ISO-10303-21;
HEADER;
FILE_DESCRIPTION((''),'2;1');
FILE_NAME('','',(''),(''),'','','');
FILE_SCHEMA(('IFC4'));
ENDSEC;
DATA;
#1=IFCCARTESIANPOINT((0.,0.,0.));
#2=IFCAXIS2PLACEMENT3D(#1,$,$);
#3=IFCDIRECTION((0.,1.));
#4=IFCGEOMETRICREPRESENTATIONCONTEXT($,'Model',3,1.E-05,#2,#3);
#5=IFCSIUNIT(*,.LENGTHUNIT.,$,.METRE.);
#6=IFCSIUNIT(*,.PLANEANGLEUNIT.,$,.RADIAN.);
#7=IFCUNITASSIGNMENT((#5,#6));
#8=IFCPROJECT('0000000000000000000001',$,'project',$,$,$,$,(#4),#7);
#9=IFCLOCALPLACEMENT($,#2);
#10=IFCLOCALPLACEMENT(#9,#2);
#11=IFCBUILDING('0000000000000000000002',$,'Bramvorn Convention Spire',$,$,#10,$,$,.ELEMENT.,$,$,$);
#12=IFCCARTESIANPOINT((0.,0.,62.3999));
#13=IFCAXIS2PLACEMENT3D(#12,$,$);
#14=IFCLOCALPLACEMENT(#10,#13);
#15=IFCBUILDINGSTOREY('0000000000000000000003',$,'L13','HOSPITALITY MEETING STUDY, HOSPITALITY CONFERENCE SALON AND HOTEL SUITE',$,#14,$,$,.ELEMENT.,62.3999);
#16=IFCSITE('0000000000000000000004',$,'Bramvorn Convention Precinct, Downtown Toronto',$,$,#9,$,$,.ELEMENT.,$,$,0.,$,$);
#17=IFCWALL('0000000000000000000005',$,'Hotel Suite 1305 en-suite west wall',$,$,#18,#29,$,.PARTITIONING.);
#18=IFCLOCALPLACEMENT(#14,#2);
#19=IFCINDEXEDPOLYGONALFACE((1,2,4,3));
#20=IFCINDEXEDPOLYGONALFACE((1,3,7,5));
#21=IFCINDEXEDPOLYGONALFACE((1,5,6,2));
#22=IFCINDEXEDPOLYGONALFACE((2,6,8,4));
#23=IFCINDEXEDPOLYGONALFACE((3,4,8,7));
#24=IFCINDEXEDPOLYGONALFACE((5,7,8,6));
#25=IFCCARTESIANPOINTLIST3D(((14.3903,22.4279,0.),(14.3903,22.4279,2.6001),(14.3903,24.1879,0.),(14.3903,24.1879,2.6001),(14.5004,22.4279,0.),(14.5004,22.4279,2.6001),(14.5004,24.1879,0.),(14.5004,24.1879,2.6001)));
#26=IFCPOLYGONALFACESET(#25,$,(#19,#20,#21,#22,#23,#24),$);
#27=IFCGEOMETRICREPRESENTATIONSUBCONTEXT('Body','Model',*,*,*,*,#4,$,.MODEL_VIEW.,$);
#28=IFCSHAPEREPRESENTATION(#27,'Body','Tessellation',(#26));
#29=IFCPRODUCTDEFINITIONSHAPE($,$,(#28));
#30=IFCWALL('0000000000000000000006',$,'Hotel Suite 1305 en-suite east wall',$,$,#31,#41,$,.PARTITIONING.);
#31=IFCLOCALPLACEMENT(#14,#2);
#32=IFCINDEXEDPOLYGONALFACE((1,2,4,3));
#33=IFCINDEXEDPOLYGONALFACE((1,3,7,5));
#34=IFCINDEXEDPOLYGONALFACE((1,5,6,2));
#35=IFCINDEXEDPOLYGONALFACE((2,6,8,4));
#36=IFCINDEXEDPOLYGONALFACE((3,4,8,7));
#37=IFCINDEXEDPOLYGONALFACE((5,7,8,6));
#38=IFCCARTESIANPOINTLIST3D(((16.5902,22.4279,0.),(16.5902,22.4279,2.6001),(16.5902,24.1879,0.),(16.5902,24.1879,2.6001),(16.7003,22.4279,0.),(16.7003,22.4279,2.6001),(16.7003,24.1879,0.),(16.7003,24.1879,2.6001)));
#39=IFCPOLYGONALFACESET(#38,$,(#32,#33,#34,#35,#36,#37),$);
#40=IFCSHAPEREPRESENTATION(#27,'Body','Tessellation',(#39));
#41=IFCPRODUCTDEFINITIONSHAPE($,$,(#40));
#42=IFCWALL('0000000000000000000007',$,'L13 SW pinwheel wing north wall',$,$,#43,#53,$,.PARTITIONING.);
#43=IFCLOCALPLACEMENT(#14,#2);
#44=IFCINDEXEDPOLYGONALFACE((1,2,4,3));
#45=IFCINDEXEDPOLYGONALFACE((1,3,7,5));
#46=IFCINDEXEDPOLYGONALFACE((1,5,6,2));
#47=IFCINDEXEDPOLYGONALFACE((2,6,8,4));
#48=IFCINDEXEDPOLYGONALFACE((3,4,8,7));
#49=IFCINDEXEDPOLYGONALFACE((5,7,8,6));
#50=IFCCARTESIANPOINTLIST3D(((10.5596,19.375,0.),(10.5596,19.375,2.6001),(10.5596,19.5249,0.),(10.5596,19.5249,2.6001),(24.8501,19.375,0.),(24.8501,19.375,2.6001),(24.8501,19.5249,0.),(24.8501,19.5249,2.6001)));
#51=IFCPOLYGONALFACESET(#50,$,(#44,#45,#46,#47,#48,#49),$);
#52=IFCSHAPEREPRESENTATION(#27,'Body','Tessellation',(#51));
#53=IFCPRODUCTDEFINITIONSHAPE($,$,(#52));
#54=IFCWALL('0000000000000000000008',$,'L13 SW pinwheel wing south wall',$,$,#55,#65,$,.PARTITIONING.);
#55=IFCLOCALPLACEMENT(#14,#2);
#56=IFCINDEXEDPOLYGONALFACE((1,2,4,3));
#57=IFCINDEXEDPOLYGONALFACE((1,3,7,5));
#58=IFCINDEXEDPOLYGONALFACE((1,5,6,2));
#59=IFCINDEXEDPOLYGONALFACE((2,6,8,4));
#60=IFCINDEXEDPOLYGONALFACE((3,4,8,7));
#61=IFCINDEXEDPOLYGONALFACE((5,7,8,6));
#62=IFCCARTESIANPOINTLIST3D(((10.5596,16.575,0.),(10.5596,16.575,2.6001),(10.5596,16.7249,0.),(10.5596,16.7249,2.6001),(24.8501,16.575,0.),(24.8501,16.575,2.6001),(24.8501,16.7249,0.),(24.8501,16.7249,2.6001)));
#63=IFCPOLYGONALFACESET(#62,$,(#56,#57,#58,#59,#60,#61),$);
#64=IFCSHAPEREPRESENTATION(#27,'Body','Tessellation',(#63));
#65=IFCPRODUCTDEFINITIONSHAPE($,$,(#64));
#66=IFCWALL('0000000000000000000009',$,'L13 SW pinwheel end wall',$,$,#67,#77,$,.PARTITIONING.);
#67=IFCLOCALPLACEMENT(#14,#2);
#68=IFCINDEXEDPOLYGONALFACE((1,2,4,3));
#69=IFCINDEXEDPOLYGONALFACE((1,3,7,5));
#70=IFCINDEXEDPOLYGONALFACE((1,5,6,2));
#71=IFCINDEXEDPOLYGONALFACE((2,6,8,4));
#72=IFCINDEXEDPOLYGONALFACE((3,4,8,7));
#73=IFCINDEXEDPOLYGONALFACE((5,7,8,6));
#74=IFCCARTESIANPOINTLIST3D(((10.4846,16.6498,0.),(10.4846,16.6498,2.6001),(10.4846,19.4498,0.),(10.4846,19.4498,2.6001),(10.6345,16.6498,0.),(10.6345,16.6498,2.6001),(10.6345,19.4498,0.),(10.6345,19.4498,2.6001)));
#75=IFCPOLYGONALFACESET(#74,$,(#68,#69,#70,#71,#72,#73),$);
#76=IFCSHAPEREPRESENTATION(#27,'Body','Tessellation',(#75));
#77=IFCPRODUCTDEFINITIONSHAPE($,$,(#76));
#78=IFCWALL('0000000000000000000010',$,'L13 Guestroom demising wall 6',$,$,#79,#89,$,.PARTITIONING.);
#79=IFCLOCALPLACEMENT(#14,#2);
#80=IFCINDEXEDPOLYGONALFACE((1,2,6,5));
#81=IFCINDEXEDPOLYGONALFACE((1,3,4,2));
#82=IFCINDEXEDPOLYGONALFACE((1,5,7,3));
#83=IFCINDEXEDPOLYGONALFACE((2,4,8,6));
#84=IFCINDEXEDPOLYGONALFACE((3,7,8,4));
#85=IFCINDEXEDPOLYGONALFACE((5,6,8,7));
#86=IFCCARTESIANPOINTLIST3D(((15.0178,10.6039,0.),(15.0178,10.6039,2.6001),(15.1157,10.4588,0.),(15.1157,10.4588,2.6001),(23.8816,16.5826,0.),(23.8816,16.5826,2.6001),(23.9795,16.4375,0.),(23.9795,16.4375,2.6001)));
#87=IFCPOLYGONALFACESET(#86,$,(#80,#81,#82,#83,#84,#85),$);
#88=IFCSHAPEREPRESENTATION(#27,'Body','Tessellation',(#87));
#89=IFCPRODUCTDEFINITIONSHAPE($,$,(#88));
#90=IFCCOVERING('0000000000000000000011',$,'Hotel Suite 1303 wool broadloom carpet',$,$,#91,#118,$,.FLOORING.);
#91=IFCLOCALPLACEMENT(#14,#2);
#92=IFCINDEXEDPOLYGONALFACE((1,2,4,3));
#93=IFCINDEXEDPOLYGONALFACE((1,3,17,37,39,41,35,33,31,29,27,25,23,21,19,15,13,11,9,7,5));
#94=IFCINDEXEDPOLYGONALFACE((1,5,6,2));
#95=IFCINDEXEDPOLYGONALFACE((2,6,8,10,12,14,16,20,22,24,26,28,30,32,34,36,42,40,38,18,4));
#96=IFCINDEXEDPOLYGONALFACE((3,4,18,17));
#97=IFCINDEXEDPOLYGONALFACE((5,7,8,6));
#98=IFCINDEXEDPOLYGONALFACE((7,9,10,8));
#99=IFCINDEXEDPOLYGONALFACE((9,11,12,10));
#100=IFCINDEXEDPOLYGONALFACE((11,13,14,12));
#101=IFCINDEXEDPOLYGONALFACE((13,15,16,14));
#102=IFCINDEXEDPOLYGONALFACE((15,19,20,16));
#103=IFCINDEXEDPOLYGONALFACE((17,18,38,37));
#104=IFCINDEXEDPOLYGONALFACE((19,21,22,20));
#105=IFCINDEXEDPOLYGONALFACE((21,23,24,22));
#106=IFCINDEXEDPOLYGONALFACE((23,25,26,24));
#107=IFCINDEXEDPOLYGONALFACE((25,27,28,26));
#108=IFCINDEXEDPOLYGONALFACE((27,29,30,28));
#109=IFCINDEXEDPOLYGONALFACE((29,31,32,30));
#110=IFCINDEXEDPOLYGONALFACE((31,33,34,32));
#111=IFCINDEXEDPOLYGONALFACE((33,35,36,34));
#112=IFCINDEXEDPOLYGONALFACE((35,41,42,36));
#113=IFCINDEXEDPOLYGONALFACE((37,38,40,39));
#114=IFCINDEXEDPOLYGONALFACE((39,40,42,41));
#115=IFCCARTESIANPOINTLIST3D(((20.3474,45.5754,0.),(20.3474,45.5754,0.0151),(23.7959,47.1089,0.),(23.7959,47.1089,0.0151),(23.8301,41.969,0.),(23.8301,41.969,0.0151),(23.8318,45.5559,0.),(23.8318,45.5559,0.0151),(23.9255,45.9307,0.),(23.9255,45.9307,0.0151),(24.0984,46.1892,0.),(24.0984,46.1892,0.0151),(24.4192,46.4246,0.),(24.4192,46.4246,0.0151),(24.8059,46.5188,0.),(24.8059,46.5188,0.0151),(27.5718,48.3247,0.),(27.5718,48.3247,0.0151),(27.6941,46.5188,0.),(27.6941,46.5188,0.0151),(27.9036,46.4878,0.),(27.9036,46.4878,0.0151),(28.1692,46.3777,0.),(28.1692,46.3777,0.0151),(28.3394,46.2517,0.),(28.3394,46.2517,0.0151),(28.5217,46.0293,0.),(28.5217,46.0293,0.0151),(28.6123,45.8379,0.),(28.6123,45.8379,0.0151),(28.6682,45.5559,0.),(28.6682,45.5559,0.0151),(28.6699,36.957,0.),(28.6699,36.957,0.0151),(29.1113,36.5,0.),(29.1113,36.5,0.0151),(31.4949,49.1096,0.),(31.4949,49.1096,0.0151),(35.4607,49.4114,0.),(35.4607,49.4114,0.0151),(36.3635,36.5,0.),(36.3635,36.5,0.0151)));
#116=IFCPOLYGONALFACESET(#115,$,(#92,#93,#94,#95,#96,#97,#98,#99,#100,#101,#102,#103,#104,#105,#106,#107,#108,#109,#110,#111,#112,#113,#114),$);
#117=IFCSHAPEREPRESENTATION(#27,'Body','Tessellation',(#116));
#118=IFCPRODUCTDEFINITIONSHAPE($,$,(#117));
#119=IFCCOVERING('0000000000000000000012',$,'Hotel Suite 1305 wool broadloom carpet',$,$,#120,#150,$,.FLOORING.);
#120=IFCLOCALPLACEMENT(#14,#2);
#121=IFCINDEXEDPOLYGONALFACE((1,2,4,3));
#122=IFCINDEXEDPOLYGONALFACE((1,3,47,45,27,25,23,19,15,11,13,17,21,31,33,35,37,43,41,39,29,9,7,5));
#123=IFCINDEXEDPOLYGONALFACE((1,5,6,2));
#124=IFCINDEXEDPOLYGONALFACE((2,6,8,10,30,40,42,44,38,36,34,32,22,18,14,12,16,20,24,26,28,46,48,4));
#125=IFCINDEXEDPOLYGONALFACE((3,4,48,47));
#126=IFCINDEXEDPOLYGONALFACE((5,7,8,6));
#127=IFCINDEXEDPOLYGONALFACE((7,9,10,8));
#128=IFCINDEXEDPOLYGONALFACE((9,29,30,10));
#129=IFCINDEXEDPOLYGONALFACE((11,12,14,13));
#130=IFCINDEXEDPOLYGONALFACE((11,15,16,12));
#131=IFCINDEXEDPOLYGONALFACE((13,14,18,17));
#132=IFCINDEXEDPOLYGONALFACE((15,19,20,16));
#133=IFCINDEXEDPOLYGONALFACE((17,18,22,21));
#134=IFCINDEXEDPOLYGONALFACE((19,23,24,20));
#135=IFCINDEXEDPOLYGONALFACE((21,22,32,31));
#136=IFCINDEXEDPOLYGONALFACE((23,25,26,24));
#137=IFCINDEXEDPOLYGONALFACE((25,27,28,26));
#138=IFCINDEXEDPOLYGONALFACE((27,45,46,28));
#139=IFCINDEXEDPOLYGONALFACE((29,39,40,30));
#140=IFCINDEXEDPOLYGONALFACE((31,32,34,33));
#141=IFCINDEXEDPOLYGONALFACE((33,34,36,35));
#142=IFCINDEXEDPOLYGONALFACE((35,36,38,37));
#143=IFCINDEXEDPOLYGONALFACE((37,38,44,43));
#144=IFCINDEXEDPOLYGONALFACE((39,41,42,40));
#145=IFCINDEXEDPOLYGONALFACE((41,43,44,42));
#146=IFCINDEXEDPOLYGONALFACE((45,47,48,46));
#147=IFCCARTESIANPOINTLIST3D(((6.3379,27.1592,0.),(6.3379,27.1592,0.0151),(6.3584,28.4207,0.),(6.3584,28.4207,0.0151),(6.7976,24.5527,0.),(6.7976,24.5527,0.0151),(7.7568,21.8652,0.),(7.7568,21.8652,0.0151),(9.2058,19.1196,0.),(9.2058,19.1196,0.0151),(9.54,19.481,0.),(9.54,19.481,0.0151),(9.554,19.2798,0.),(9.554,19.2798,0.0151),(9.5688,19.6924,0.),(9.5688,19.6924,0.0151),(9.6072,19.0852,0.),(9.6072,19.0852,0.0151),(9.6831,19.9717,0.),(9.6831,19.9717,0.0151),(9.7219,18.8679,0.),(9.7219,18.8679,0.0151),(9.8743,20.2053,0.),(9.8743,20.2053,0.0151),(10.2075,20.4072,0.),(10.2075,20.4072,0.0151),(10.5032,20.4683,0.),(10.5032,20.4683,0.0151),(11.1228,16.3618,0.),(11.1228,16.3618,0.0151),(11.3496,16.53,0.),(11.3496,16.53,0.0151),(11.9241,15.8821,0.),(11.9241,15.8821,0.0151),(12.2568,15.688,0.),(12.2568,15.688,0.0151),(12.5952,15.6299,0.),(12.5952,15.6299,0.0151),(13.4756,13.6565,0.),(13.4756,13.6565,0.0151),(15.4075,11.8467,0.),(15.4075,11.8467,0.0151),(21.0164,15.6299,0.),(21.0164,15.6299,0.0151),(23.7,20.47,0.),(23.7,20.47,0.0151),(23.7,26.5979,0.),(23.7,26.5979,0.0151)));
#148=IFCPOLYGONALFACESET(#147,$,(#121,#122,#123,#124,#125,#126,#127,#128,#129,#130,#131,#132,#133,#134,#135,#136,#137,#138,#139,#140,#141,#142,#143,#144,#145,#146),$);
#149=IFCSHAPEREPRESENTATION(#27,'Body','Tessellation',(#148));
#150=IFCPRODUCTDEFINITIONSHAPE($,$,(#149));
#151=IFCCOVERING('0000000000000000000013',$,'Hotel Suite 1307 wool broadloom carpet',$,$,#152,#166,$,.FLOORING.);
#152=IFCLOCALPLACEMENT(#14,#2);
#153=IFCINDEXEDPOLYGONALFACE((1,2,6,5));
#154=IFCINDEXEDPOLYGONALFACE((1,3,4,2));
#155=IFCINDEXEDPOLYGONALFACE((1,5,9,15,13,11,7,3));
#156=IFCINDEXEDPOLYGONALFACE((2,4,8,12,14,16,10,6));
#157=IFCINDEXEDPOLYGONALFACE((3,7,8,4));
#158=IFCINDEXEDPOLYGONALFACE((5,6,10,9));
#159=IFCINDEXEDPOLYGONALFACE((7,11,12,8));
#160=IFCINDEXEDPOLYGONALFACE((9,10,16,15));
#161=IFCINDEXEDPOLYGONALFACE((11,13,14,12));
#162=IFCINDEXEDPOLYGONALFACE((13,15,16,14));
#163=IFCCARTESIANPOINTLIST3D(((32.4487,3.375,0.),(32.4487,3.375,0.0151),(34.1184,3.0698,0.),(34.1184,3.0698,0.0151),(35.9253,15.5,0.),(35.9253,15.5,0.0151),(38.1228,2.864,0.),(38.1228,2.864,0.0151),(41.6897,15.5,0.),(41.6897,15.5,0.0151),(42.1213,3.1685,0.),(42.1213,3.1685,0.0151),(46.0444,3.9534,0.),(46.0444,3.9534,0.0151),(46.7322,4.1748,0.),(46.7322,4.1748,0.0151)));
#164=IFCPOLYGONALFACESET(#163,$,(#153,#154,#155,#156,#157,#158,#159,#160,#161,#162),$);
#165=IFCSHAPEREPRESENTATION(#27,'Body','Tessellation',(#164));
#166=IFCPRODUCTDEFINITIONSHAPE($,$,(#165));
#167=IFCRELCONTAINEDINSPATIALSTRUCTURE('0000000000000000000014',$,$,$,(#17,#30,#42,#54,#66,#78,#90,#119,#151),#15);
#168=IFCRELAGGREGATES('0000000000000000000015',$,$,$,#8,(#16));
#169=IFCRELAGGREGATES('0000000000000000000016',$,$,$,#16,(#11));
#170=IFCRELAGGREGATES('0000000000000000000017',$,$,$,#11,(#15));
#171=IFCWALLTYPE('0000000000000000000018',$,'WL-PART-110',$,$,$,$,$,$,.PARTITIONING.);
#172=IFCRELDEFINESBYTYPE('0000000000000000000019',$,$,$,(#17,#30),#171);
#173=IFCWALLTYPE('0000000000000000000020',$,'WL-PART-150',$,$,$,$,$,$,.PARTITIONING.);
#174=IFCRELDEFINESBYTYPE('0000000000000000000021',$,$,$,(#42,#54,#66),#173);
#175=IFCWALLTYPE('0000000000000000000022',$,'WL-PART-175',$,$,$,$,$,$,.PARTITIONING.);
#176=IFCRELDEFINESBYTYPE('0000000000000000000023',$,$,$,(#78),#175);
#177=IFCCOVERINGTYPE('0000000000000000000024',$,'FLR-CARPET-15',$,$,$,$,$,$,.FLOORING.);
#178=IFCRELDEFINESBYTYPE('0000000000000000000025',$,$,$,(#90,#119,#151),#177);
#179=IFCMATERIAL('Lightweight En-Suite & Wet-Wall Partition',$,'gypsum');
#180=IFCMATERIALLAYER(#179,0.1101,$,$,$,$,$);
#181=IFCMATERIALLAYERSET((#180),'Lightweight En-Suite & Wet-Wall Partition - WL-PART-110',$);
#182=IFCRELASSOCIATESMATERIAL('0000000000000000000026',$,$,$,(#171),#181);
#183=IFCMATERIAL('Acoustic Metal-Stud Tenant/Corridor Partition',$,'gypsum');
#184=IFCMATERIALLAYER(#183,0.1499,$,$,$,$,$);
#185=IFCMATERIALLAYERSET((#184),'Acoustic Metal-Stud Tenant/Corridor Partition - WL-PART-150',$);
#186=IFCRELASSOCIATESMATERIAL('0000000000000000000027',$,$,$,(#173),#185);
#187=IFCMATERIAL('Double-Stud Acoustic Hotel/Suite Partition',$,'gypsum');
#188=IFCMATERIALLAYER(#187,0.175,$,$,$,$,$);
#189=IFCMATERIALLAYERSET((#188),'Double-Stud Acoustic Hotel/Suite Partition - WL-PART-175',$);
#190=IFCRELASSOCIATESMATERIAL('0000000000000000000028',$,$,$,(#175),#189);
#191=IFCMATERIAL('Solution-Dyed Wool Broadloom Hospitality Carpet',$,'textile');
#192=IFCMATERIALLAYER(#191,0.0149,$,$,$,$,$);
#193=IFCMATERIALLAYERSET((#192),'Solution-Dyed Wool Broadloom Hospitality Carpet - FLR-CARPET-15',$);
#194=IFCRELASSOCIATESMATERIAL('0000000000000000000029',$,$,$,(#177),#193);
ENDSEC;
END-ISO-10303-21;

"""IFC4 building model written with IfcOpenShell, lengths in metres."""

from ifc_helpers import new_model, si_unit, direction, frame, frame_2d, origin, place, context, subcontext, project, spatial, polyline, rectangle, outline, extrude, material, layer, layer_set, type_object, element, save


model = new_model("IFC4")

# Units and contexts
model_context = context("Model", 3, precision=1e-05, world=origin(), true_north=direction((0.0, 1.0)))
body_context = subcontext(model_context, "Body", "Model", "MODEL_VIEW")
ifc_project = project(units=[si_unit("LENGTHUNIT", "METRE"), si_unit("PLANEANGLEUNIT", "RADIAN")], contexts=[model_context])

# Site, building, storey
site_placement = place(None, origin())
site = spatial("IfcSite", under=ifc_project, at=site_placement, Name="Bramvorn Convention Precinct, Downtown Toronto", CompositionType="ELEMENT", RefElevation=0.0)
building_placement = place(site_placement, origin())
building = spatial("IfcBuilding", under=site, at=building_placement, Name="Bramvorn Convention Spire", CompositionType="ELEMENT")
storey_placement = place(building_placement, frame((0.0, 0.0, 62.3999)))
storey = spatial("IfcBuildingStorey", under=building, at=storey_placement, Name="L13", Description="HOSPITALITY MEETING STUDY, HOSPITALITY CONFERENCE SALON AND HOTEL SUITE", CompositionType="ELEMENT", Elevation=62.3999)

# Shared definitions
ifc_material_1 = material(Name="Lightweight En-Suite & Wet-Wall Partition", Category="gypsum")
ifc_layer_1 = layer(ifc_material_1, 0.1101)
ifc_layer_set_1 = layer_set([ifc_layer_1], Name="Lightweight En-Suite & Wet-Wall Partition - WL-PART-110")
wall_type_1 = type_object("IfcWallType", Name="WL-PART-110", PredefinedType="PARTITIONING", material=ifc_layer_set_1)

# Walls
for number, where, z_axis, x_axis, name in (
    (1, (14.4453, 22.428, 0.0), (0.0, 0.0, 1.0), (0.0, 1.0, 0.0), "Hotel Suite 1305 en-suite west wall"),
    (2, (16.6453, 22.428, 0.0), (0.0, 0.0, 1.0), (0.0, 1.0, 0.0), "Hotel Suite 1305 en-suite east wall"),
):
    element("IfcWall", number, at=place(storey_placement, frame(where, z_axis=z_axis, x_axis=x_axis)), inside=storey, type_object=wall_type_1, Name=name, PredefinedType="PARTITIONING", context=body_context, shape_type="SweptSolid", body=[
        extrude(rectangle(XDim=1.76, YDim=0.1101, at=frame_2d((0.8799, 0.0))), origin(), (0.0, 0.0, 1.0), 2.6001),
    ])
ifc_material_2 = material(Name="Acoustic Metal-Stud Tenant/Corridor Partition", Category="gypsum")
ifc_layer_2 = layer(ifc_material_2, 0.1499)
ifc_layer_set_2 = layer_set([ifc_layer_2], Name="Acoustic Metal-Stud Tenant/Corridor Partition - WL-PART-150")
wall_type_2 = type_object("IfcWallType", Name="WL-PART-150", PredefinedType="PARTITIONING", material=ifc_layer_set_2)
for number, where, z_axis, x_axis, name in (
    (3, (10.5596, 19.45, 0.0), (0.0, 0.0, 1.0), (1.0, 0.0, 0.0), "L13 SW pinwheel wing north wall"),
    (4, (10.5596, 16.6499, 0.0), (0.0, 0.0, 1.0), (1.0, 0.0, 0.0), "L13 SW pinwheel wing south wall"),
):
    element("IfcWall", number, at=place(storey_placement, frame(where, z_axis=z_axis, x_axis=x_axis)), inside=storey, type_object=wall_type_2, Name=name, PredefinedType="PARTITIONING", context=body_context, shape_type="SweptSolid", body=[
        extrude(rectangle(XDim=14.2905, YDim=0.1499, at=frame_2d((7.1453, 0.0))), origin(), (0.0, 0.0, 1.0), 2.6001),
    ])
wall_1_placement = place(storey_placement, frame((10.5596, 16.6499, 0.0), z_axis=(0.0, 0.0, 1.0), x_axis=(0.0, 1.0, 0.0)))
element("IfcWall", 5, at=wall_1_placement, inside=storey, type_object=wall_type_2, Name="L13 SW pinwheel end wall", PredefinedType="PARTITIONING", context=body_context, shape_type="SweptSolid", body=[
    extrude(rectangle(XDim=2.8, YDim=0.1499, at=frame_2d((1.3999, 0.0))), origin(), (0.0, 0.0, 1.0), 2.6001),
])
ifc_material_3 = material(Name="Double-Stud Acoustic Hotel/Suite Partition", Category="gypsum")
ifc_layer_3 = layer(ifc_material_3, 0.175)
ifc_layer_set_3 = layer_set([ifc_layer_3], Name="Double-Stud Acoustic Hotel/Suite Partition - WL-PART-175")
wall_type_3 = type_object("IfcWallType", Name="WL-PART-175", PredefinedType="PARTITIONING", material=ifc_layer_set_3)
wall_2_placement = place(storey_placement, frame((23.9304, 16.51, 0.0), z_axis=(0.0, 0.0, 1.0), x_axis=(-0.829034, -0.559198, 0.0)))
element("IfcWall", 6, at=wall_2_placement, inside=storey, type_object=wall_type_3, Name="L13 Guestroom demising wall 6", PredefinedType="PARTITIONING", context=body_context, shape_type="SweptSolid", body=[
    extrude(rectangle(XDim=10.6917, YDim=0.175, at=frame_2d((5.3457, 0.0))), origin(), (0.0, 0.0, 1.0), 2.6001),
])

# Coverings
ifc_material_4 = material(Name="Solution-Dyed Wool Broadloom Hospitality Carpet", Category="textile")
ifc_layer_4 = layer(ifc_material_4, 0.0149)
ifc_layer_set_4 = layer_set([ifc_layer_4], Name="Solution-Dyed Wool Broadloom Hospitality Carpet - FLR-CARPET-15")
covering_type = type_object("IfcCoveringType", Name="FLR-CARPET-15", PredefinedType="FLOORING", material=ifc_layer_set_4)
covering_1_placement = place(storey_placement, origin())
element("IfcCovering", 7, at=covering_1_placement, inside=storey, type_object=covering_type, Name="Hotel Suite 1303 wool broadloom carpet", PredefinedType="FLOORING", context=body_context, shape_type="SweptSolid", body=[
    extrude(outline(polyline([(23.8301, 41.969), (23.8318, 45.5559), (23.9255, 45.9307), (24.0984, 46.1892), (24.4192, 46.4246), (24.8059, 46.5188), (27.6941, 46.5188), (27.9036, 46.4878), (28.1692, 46.3777), (28.3394, 46.2517), (28.5217, 46.0293), (28.6123, 45.8379), (28.6682, 45.5559), (28.6699, 36.957), (29.1113, 36.5), (36.3635, 36.5), (35.4607, 49.4114), (31.4949, 49.1096), (27.5718, 48.3247), (23.7959, 47.1089), (20.3474, 45.5754), (23.8301, 41.969)])), origin(), (0.0, 0.0, 1.0), 0.0151),
])
covering_2_placement = place(storey_placement, origin())
element("IfcCovering", 8, at=covering_2_placement, inside=storey, type_object=covering_type, Name="Hotel Suite 1305 wool broadloom carpet", PredefinedType="FLOORING", context=body_context, shape_type="SweptSolid", body=[
    extrude(outline(polyline([(13.4756, 13.6565), (15.4075, 11.8467), (21.0164, 15.6299), (12.5952, 15.6299), (12.2568, 15.688), (11.9241, 15.8821), (11.3496, 16.53), (9.7219, 18.8679), (9.6072, 19.0852), (9.554, 19.2798), (9.54, 19.481), (9.5688, 19.6924), (9.6831, 19.9717), (9.8743, 20.2053), (10.2075, 20.4072), (10.5032, 20.4683), (23.7, 20.47), (23.7, 26.5979), (6.3584, 28.4207), (6.3379, 27.1592), (6.7976, 24.5527), (7.7568, 21.8652), (9.2058, 19.1196), (11.1228, 16.3618), (13.4756, 13.6565)])), origin(), (0.0, 0.0, 1.0), 0.0151),
])
covering_3_placement = place(storey_placement, origin())
element("IfcCovering", 9, at=covering_3_placement, inside=storey, type_object=covering_type, Name="Hotel Suite 1307 wool broadloom carpet", PredefinedType="FLOORING", context=body_context, shape_type="SweptSolid", body=[
    extrude(outline(polyline([(46.0444, 3.9534), (46.7322, 4.1748), (41.6897, 15.5), (35.9253, 15.5), (32.4487, 3.375), (34.1184, 3.0698), (38.1228, 2.864), (42.1213, 3.1685), (46.0444, 3.9534)])), origin(), (0.0, 0.0, 1.0), 0.0151),
])

save(model, "model.ifc")
